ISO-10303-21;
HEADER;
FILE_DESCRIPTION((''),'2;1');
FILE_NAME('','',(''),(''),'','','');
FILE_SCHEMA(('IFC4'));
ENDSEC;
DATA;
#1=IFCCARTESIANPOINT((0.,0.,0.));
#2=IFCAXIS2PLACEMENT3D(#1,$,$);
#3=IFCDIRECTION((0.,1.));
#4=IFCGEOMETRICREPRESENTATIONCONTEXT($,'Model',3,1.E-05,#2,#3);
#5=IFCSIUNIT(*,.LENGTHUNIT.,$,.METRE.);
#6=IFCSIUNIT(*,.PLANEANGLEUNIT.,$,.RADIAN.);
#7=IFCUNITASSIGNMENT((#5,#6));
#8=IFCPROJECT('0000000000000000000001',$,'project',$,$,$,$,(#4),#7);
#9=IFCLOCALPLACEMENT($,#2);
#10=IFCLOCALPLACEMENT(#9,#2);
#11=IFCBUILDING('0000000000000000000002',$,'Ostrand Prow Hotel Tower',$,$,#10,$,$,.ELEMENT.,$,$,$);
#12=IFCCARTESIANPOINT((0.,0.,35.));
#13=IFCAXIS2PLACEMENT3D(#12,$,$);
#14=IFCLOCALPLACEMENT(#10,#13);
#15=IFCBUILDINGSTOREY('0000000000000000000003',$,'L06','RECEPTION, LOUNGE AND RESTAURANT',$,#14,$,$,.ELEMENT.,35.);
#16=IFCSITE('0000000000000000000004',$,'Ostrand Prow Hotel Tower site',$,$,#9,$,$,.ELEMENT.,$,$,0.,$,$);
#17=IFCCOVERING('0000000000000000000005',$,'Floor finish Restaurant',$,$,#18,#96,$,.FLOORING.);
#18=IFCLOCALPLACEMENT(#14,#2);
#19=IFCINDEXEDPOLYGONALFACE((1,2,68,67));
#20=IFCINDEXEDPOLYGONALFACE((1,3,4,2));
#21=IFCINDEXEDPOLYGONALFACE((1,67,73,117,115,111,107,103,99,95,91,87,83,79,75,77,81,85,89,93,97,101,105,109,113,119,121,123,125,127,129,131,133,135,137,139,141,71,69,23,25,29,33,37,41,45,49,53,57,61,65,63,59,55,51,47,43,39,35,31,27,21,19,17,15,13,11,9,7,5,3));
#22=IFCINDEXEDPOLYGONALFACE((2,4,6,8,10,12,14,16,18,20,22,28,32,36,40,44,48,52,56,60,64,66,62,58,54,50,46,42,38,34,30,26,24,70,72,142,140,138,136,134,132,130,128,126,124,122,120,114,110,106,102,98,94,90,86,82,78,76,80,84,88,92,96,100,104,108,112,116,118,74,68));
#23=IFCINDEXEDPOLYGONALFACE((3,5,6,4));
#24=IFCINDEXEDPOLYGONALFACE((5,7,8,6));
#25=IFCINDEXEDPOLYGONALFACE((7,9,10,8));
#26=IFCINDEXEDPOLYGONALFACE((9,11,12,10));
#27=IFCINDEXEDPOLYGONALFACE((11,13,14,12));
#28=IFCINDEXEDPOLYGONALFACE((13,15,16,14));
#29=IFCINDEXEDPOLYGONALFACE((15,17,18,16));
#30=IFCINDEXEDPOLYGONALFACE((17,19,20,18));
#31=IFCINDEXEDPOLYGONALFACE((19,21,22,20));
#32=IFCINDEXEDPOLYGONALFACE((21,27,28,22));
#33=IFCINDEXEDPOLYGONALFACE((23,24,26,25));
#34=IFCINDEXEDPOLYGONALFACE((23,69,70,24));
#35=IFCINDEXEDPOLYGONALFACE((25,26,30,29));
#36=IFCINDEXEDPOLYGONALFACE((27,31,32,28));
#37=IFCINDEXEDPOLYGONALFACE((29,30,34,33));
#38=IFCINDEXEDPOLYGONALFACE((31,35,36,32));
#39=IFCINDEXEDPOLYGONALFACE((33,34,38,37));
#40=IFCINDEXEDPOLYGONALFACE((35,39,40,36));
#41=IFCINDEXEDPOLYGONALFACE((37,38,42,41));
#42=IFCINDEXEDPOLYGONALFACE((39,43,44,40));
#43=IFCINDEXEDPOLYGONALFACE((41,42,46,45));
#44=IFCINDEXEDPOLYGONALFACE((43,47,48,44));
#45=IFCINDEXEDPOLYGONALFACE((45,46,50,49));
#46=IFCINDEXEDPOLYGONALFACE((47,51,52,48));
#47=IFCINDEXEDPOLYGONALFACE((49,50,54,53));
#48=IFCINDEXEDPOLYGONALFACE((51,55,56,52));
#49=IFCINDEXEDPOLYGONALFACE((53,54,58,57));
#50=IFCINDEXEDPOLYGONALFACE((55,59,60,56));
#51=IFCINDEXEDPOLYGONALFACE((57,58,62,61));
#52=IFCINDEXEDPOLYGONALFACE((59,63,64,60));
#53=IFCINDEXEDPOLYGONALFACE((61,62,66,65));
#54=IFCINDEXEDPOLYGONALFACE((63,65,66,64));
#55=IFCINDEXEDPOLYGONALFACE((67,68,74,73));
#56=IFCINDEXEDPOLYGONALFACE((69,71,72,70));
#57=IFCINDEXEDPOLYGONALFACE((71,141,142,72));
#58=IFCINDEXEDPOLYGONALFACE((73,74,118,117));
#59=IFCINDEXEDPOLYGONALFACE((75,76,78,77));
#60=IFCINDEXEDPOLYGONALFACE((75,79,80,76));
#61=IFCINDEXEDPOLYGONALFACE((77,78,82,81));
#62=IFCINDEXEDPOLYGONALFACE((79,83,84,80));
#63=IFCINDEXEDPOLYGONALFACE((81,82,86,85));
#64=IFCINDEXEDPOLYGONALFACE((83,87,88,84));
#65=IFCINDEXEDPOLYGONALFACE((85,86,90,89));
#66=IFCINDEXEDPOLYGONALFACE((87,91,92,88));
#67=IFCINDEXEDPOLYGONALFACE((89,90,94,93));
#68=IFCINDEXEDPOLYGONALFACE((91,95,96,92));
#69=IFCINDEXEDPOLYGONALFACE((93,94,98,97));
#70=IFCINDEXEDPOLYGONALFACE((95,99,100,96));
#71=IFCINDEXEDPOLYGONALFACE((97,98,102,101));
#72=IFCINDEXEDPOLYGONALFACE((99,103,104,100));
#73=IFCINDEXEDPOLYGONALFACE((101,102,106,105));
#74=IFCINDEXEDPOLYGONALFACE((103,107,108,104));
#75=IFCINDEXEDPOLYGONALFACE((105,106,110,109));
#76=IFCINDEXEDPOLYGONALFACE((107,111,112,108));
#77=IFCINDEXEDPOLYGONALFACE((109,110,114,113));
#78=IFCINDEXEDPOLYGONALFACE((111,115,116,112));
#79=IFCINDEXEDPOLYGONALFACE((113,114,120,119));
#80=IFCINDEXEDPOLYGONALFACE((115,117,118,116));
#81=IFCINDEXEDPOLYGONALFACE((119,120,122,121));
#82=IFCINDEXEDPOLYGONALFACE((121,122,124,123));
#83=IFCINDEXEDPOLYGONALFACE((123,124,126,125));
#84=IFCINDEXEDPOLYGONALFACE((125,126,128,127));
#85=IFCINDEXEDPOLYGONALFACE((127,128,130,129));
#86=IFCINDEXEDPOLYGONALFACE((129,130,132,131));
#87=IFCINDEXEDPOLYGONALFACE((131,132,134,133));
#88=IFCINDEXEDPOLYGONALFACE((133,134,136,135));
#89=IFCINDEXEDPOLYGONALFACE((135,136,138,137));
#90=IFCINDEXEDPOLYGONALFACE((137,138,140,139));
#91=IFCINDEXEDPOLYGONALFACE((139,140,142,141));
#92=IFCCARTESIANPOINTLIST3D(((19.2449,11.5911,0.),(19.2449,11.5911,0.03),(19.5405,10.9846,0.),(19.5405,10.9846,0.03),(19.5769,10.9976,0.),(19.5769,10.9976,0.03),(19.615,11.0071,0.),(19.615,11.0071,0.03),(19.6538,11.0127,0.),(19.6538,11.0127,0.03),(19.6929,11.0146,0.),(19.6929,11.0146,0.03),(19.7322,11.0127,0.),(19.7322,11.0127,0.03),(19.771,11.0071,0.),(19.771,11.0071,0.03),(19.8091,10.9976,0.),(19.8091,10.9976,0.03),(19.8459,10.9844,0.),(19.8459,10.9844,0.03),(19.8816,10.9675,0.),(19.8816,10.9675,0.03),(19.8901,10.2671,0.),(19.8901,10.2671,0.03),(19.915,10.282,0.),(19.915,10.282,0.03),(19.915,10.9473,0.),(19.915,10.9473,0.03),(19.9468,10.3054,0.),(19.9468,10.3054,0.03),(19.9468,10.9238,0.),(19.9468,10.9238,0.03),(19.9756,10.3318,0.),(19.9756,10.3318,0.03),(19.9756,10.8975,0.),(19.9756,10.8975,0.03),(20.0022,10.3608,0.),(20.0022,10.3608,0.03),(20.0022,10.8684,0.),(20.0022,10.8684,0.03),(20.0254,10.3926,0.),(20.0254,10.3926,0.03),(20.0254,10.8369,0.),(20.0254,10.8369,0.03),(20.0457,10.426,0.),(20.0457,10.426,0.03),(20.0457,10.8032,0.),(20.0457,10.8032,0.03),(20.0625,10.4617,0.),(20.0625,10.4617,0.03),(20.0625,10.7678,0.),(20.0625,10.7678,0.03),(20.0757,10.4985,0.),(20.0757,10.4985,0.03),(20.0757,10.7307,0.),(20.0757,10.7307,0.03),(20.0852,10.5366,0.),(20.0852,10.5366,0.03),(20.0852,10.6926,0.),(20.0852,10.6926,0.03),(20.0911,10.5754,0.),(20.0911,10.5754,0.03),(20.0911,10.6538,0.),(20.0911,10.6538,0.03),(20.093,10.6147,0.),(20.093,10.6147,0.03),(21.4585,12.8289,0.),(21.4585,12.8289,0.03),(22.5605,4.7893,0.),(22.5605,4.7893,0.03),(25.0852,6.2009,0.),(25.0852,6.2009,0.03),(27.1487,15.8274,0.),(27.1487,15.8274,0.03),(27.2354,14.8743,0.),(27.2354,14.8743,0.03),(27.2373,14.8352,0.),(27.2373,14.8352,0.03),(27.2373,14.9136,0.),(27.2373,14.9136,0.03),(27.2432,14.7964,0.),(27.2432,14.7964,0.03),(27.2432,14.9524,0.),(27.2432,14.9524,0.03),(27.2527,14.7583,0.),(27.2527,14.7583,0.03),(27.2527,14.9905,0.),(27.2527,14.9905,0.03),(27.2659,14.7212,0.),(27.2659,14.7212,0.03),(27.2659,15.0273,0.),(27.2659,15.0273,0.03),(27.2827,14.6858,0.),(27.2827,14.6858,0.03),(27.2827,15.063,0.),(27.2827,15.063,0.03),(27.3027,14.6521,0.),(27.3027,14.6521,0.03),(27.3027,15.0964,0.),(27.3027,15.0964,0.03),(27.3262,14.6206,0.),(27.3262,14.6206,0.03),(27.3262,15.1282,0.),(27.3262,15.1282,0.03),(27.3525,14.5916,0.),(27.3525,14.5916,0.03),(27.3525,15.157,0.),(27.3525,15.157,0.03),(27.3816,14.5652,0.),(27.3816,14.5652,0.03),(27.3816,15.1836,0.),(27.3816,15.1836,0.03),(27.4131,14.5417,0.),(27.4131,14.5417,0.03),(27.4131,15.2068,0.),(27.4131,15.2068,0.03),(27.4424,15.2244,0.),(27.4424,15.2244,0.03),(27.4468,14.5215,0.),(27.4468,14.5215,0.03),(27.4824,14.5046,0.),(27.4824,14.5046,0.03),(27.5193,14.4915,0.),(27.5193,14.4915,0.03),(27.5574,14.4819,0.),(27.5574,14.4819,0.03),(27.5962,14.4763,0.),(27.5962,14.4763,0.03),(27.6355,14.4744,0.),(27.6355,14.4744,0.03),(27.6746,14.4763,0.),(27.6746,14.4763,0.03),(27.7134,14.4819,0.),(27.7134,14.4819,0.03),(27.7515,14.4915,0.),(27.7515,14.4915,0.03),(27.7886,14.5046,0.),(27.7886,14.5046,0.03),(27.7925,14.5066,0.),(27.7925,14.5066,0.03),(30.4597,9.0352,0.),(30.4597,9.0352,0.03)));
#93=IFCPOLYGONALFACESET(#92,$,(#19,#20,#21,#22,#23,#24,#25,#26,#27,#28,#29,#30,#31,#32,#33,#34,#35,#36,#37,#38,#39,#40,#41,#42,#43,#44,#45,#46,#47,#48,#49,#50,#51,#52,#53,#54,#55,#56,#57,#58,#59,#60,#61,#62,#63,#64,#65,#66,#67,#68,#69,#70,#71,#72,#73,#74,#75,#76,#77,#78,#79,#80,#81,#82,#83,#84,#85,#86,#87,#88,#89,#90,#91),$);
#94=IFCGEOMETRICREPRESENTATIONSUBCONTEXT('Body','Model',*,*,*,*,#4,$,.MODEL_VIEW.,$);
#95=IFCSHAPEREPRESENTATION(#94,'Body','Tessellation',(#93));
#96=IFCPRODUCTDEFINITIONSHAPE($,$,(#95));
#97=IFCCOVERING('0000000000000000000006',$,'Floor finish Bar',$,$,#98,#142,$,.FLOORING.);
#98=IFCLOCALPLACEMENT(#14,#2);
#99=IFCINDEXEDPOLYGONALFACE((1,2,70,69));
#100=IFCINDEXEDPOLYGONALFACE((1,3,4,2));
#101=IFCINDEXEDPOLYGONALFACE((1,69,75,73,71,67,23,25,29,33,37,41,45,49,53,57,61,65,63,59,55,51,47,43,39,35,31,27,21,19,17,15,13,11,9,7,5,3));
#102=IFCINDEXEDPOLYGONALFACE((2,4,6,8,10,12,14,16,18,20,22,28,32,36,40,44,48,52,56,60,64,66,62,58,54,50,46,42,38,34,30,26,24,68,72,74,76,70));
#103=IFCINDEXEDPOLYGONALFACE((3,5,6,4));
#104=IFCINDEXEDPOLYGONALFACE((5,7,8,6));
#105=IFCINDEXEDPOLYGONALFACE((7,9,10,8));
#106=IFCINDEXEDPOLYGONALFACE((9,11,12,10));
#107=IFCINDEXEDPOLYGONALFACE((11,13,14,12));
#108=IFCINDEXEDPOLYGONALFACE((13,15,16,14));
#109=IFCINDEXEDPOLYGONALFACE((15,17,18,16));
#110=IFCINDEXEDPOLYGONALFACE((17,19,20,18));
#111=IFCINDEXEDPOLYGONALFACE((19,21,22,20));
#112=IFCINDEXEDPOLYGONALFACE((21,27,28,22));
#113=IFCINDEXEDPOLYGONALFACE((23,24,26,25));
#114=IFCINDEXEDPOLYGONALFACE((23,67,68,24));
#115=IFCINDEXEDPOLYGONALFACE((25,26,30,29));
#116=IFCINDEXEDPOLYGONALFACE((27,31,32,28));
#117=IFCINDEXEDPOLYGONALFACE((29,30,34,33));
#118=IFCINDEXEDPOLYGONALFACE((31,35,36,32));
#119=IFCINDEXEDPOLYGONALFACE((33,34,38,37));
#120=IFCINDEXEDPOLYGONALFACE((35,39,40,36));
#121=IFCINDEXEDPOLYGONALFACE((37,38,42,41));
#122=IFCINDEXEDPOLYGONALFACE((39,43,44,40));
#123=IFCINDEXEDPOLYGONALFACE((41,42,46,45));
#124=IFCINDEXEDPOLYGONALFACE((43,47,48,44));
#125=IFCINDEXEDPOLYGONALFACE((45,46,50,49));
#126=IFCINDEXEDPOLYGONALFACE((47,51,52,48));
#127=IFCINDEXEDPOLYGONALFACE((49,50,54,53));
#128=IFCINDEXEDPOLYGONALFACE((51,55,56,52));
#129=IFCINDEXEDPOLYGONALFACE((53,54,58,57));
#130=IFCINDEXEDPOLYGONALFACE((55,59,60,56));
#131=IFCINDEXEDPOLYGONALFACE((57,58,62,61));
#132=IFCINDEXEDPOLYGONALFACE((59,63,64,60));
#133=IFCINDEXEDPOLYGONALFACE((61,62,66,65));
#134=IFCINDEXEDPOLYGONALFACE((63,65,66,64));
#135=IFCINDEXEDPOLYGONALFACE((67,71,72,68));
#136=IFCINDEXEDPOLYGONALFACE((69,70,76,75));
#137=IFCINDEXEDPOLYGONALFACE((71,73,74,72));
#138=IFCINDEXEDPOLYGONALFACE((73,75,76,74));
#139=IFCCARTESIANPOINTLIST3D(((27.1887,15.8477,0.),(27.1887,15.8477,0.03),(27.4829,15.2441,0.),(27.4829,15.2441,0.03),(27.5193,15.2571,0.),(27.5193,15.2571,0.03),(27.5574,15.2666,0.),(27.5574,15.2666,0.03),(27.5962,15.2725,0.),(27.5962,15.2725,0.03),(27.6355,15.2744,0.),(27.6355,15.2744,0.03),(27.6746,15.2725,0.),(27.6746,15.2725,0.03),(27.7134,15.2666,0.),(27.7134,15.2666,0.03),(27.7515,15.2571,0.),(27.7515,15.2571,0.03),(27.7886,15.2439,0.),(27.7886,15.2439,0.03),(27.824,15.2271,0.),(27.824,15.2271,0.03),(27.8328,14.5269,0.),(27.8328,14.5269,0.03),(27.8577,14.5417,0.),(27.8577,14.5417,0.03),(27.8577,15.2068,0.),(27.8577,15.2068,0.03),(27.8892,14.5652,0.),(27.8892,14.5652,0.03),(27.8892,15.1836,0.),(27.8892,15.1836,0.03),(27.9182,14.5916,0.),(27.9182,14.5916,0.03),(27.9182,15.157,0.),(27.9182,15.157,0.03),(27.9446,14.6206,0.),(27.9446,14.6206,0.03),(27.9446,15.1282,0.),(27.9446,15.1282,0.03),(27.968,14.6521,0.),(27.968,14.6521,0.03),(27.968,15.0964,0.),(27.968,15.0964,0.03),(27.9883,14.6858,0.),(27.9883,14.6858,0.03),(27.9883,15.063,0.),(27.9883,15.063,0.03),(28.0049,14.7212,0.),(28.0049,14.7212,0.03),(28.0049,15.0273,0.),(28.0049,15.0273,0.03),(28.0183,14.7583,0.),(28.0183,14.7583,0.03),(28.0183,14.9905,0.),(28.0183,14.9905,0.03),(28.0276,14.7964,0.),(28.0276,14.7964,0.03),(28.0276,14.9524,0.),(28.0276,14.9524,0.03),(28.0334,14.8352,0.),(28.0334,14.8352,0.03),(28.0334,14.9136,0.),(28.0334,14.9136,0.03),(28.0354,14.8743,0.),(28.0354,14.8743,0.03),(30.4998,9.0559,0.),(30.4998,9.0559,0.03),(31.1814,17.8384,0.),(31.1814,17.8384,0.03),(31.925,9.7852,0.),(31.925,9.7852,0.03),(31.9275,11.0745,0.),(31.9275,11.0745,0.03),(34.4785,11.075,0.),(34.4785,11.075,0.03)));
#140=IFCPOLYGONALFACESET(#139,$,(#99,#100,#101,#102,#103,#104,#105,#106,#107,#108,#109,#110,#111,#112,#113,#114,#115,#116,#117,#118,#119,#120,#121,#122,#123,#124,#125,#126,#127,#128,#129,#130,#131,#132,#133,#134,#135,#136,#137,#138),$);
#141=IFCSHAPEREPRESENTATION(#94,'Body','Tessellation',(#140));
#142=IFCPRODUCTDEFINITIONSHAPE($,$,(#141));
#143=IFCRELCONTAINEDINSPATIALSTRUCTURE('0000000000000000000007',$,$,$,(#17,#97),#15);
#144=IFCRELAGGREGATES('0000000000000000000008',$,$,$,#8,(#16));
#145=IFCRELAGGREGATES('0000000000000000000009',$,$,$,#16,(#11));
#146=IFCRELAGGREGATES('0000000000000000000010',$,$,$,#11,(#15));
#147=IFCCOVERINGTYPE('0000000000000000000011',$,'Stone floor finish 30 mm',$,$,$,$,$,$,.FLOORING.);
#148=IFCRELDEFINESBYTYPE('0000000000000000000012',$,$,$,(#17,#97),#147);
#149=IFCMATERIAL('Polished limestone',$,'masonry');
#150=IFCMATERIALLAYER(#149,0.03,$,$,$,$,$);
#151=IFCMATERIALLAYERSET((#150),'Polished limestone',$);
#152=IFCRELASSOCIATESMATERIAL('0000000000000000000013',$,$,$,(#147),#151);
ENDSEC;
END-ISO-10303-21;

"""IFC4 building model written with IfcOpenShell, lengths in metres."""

from ifc_helpers import new_model, si_unit, direction, frame, origin, place, context, subcontext, project, spatial, polyline, outline, extrude, material, layer, layer_set, type_object, element, save


model = new_model("IFC4")

# Units and contexts
model_context = context("Model", 3, precision=1e-05, world=origin(), true_north=direction((0.0, 1.0)))
body_context = subcontext(model_context, "Body", "Model", "MODEL_VIEW")
ifc_project = project(units=[si_unit("LENGTHUNIT", "METRE"), si_unit("PLANEANGLEUNIT", "RADIAN")], contexts=[model_context])

# Site, building, storey
site_placement = place(None, origin())
site = spatial("IfcSite", under=ifc_project, at=site_placement, Name="Ostrand Prow Hotel Tower site", CompositionType="ELEMENT", RefElevation=0.0)
building_placement = place(site_placement, origin())
building = spatial("IfcBuilding", under=site, at=building_placement, Name="Ostrand Prow Hotel Tower", CompositionType="ELEMENT")
storey_placement = place(building_placement, frame((0.0, 0.0, 35.0)))
storey = spatial("IfcBuildingStorey", under=building, at=storey_placement, Name="L06", Description="RECEPTION, LOUNGE AND RESTAURANT", CompositionType="ELEMENT", Elevation=35.0)

# Coverings
ifc_material_1 = material(Name="Polished limestone", Category="masonry")
ifc_layer_1 = layer(ifc_material_1, 0.03)
ifc_layer_set_1 = layer_set([ifc_layer_1], Name="Polished limestone")
covering_type_1 = type_object("IfcCoveringType", Name="Stone floor finish 30 mm", PredefinedType="FLOORING", material=ifc_layer_set_1)
covering_1_placement = place(storey_placement, origin())
element("IfcCovering", 1, at=covering_1_placement, inside=storey, type_object=covering_type_1, Name="Floor finish Restaurant", PredefinedType="FLOORING", context=body_context, shape_type="SweptSolid", body=[
    extrude(outline(polyline([(27.1487, 15.8274), (21.4585, 12.8289), (19.2449, 11.5911), (19.5405, 10.9846), (19.5769, 10.9976), (19.615, 11.0071), (19.6538, 11.0127), (19.6929, 11.0146), (19.7322, 11.0127), (19.771, 11.0071), (19.8091, 10.9976), (19.8459, 10.9844), (19.8816, 10.9675), (19.915, 10.9473), (19.9468, 10.9238), (19.9756, 10.8975), (20.0022, 10.8684), (20.0254, 10.8369), (20.0457, 10.8032), (20.0625, 10.7678), (20.0757, 10.7307), (20.0852, 10.6926), (20.0911, 10.6538), (20.093, 10.6147), (20.0911, 10.5754), (20.0852, 10.5366), (20.0757, 10.4985), (20.0625, 10.4617), (20.0457, 10.426), (20.0254, 10.3926), (20.0022, 10.3608), (19.9756, 10.3318), (19.9468, 10.3054), (19.915, 10.282), (19.8901, 10.2671), (22.5605, 4.7893), (25.0852, 6.2009), (30.4597, 9.0352), (27.7925, 14.5066), (27.7886, 14.5046), (27.7515, 14.4915), (27.7134, 14.4819), (27.6746, 14.4763), (27.6355, 14.4744), (27.5962, 14.4763), (27.5574, 14.4819), (27.5193, 14.4915), (27.4824, 14.5046), (27.4468, 14.5215), (27.4131, 14.5417), (27.3816, 14.5652), (27.3525, 14.5916), (27.3262, 14.6206), (27.3027, 14.6521), (27.2827, 14.6858), (27.2659, 14.7212), (27.2527, 14.7583), (27.2432, 14.7964), (27.2373, 14.8352), (27.2354, 14.8743), (27.2373, 14.9136), (27.2432, 14.9524), (27.2527, 14.9905), (27.2659, 15.0273), (27.2827, 15.063), (27.3027, 15.0964), (27.3262, 15.1282), (27.3525, 15.157), (27.3816, 15.1836), (27.4131, 15.2068), (27.4424, 15.2244), (27.1487, 15.8274)])), origin(), (0.0, 0.0, 1.0), 0.03),
])
covering_2_placement = place(storey_placement, origin())
element("IfcCovering", 2, at=covering_2_placement, inside=storey, type_object=covering_type_1, Name="Floor finish Bar", PredefinedType="FLOORING", context=body_context, shape_type="SweptSolid", body=[
    extrude(outline(polyline([(31.9275, 11.0745), (34.4785, 11.075), (31.1814, 17.8384), (27.1887, 15.8477), (27.4829, 15.2441), (27.5193, 15.2571), (27.5574, 15.2666), (27.5962, 15.2725), (27.6355, 15.2744), (27.6746, 15.2725), (27.7134, 15.2666), (27.7515, 15.2571), (27.7886, 15.2439), (27.824, 15.2271), (27.8577, 15.2068), (27.8892, 15.1836), (27.9182, 15.157), (27.9446, 15.1282), (27.968, 15.0964), (27.9883, 15.063), (28.0049, 15.0273), (28.0183, 14.9905), (28.0276, 14.9524), (28.0334, 14.9136), (28.0354, 14.8743), (28.0334, 14.8352), (28.0276, 14.7964), (28.0183, 14.7583), (28.0049, 14.7212), (27.9883, 14.6858), (27.968, 14.6521), (27.9446, 14.6206), (27.9182, 14.5916), (27.8892, 14.5652), (27.8577, 14.5417), (27.8328, 14.5269), (30.4998, 9.0559), (31.925, 9.7852), (31.9275, 11.0745)])), origin(), (0.0, 0.0, 1.0), 0.03),
])

save(model, "model.ifc")
